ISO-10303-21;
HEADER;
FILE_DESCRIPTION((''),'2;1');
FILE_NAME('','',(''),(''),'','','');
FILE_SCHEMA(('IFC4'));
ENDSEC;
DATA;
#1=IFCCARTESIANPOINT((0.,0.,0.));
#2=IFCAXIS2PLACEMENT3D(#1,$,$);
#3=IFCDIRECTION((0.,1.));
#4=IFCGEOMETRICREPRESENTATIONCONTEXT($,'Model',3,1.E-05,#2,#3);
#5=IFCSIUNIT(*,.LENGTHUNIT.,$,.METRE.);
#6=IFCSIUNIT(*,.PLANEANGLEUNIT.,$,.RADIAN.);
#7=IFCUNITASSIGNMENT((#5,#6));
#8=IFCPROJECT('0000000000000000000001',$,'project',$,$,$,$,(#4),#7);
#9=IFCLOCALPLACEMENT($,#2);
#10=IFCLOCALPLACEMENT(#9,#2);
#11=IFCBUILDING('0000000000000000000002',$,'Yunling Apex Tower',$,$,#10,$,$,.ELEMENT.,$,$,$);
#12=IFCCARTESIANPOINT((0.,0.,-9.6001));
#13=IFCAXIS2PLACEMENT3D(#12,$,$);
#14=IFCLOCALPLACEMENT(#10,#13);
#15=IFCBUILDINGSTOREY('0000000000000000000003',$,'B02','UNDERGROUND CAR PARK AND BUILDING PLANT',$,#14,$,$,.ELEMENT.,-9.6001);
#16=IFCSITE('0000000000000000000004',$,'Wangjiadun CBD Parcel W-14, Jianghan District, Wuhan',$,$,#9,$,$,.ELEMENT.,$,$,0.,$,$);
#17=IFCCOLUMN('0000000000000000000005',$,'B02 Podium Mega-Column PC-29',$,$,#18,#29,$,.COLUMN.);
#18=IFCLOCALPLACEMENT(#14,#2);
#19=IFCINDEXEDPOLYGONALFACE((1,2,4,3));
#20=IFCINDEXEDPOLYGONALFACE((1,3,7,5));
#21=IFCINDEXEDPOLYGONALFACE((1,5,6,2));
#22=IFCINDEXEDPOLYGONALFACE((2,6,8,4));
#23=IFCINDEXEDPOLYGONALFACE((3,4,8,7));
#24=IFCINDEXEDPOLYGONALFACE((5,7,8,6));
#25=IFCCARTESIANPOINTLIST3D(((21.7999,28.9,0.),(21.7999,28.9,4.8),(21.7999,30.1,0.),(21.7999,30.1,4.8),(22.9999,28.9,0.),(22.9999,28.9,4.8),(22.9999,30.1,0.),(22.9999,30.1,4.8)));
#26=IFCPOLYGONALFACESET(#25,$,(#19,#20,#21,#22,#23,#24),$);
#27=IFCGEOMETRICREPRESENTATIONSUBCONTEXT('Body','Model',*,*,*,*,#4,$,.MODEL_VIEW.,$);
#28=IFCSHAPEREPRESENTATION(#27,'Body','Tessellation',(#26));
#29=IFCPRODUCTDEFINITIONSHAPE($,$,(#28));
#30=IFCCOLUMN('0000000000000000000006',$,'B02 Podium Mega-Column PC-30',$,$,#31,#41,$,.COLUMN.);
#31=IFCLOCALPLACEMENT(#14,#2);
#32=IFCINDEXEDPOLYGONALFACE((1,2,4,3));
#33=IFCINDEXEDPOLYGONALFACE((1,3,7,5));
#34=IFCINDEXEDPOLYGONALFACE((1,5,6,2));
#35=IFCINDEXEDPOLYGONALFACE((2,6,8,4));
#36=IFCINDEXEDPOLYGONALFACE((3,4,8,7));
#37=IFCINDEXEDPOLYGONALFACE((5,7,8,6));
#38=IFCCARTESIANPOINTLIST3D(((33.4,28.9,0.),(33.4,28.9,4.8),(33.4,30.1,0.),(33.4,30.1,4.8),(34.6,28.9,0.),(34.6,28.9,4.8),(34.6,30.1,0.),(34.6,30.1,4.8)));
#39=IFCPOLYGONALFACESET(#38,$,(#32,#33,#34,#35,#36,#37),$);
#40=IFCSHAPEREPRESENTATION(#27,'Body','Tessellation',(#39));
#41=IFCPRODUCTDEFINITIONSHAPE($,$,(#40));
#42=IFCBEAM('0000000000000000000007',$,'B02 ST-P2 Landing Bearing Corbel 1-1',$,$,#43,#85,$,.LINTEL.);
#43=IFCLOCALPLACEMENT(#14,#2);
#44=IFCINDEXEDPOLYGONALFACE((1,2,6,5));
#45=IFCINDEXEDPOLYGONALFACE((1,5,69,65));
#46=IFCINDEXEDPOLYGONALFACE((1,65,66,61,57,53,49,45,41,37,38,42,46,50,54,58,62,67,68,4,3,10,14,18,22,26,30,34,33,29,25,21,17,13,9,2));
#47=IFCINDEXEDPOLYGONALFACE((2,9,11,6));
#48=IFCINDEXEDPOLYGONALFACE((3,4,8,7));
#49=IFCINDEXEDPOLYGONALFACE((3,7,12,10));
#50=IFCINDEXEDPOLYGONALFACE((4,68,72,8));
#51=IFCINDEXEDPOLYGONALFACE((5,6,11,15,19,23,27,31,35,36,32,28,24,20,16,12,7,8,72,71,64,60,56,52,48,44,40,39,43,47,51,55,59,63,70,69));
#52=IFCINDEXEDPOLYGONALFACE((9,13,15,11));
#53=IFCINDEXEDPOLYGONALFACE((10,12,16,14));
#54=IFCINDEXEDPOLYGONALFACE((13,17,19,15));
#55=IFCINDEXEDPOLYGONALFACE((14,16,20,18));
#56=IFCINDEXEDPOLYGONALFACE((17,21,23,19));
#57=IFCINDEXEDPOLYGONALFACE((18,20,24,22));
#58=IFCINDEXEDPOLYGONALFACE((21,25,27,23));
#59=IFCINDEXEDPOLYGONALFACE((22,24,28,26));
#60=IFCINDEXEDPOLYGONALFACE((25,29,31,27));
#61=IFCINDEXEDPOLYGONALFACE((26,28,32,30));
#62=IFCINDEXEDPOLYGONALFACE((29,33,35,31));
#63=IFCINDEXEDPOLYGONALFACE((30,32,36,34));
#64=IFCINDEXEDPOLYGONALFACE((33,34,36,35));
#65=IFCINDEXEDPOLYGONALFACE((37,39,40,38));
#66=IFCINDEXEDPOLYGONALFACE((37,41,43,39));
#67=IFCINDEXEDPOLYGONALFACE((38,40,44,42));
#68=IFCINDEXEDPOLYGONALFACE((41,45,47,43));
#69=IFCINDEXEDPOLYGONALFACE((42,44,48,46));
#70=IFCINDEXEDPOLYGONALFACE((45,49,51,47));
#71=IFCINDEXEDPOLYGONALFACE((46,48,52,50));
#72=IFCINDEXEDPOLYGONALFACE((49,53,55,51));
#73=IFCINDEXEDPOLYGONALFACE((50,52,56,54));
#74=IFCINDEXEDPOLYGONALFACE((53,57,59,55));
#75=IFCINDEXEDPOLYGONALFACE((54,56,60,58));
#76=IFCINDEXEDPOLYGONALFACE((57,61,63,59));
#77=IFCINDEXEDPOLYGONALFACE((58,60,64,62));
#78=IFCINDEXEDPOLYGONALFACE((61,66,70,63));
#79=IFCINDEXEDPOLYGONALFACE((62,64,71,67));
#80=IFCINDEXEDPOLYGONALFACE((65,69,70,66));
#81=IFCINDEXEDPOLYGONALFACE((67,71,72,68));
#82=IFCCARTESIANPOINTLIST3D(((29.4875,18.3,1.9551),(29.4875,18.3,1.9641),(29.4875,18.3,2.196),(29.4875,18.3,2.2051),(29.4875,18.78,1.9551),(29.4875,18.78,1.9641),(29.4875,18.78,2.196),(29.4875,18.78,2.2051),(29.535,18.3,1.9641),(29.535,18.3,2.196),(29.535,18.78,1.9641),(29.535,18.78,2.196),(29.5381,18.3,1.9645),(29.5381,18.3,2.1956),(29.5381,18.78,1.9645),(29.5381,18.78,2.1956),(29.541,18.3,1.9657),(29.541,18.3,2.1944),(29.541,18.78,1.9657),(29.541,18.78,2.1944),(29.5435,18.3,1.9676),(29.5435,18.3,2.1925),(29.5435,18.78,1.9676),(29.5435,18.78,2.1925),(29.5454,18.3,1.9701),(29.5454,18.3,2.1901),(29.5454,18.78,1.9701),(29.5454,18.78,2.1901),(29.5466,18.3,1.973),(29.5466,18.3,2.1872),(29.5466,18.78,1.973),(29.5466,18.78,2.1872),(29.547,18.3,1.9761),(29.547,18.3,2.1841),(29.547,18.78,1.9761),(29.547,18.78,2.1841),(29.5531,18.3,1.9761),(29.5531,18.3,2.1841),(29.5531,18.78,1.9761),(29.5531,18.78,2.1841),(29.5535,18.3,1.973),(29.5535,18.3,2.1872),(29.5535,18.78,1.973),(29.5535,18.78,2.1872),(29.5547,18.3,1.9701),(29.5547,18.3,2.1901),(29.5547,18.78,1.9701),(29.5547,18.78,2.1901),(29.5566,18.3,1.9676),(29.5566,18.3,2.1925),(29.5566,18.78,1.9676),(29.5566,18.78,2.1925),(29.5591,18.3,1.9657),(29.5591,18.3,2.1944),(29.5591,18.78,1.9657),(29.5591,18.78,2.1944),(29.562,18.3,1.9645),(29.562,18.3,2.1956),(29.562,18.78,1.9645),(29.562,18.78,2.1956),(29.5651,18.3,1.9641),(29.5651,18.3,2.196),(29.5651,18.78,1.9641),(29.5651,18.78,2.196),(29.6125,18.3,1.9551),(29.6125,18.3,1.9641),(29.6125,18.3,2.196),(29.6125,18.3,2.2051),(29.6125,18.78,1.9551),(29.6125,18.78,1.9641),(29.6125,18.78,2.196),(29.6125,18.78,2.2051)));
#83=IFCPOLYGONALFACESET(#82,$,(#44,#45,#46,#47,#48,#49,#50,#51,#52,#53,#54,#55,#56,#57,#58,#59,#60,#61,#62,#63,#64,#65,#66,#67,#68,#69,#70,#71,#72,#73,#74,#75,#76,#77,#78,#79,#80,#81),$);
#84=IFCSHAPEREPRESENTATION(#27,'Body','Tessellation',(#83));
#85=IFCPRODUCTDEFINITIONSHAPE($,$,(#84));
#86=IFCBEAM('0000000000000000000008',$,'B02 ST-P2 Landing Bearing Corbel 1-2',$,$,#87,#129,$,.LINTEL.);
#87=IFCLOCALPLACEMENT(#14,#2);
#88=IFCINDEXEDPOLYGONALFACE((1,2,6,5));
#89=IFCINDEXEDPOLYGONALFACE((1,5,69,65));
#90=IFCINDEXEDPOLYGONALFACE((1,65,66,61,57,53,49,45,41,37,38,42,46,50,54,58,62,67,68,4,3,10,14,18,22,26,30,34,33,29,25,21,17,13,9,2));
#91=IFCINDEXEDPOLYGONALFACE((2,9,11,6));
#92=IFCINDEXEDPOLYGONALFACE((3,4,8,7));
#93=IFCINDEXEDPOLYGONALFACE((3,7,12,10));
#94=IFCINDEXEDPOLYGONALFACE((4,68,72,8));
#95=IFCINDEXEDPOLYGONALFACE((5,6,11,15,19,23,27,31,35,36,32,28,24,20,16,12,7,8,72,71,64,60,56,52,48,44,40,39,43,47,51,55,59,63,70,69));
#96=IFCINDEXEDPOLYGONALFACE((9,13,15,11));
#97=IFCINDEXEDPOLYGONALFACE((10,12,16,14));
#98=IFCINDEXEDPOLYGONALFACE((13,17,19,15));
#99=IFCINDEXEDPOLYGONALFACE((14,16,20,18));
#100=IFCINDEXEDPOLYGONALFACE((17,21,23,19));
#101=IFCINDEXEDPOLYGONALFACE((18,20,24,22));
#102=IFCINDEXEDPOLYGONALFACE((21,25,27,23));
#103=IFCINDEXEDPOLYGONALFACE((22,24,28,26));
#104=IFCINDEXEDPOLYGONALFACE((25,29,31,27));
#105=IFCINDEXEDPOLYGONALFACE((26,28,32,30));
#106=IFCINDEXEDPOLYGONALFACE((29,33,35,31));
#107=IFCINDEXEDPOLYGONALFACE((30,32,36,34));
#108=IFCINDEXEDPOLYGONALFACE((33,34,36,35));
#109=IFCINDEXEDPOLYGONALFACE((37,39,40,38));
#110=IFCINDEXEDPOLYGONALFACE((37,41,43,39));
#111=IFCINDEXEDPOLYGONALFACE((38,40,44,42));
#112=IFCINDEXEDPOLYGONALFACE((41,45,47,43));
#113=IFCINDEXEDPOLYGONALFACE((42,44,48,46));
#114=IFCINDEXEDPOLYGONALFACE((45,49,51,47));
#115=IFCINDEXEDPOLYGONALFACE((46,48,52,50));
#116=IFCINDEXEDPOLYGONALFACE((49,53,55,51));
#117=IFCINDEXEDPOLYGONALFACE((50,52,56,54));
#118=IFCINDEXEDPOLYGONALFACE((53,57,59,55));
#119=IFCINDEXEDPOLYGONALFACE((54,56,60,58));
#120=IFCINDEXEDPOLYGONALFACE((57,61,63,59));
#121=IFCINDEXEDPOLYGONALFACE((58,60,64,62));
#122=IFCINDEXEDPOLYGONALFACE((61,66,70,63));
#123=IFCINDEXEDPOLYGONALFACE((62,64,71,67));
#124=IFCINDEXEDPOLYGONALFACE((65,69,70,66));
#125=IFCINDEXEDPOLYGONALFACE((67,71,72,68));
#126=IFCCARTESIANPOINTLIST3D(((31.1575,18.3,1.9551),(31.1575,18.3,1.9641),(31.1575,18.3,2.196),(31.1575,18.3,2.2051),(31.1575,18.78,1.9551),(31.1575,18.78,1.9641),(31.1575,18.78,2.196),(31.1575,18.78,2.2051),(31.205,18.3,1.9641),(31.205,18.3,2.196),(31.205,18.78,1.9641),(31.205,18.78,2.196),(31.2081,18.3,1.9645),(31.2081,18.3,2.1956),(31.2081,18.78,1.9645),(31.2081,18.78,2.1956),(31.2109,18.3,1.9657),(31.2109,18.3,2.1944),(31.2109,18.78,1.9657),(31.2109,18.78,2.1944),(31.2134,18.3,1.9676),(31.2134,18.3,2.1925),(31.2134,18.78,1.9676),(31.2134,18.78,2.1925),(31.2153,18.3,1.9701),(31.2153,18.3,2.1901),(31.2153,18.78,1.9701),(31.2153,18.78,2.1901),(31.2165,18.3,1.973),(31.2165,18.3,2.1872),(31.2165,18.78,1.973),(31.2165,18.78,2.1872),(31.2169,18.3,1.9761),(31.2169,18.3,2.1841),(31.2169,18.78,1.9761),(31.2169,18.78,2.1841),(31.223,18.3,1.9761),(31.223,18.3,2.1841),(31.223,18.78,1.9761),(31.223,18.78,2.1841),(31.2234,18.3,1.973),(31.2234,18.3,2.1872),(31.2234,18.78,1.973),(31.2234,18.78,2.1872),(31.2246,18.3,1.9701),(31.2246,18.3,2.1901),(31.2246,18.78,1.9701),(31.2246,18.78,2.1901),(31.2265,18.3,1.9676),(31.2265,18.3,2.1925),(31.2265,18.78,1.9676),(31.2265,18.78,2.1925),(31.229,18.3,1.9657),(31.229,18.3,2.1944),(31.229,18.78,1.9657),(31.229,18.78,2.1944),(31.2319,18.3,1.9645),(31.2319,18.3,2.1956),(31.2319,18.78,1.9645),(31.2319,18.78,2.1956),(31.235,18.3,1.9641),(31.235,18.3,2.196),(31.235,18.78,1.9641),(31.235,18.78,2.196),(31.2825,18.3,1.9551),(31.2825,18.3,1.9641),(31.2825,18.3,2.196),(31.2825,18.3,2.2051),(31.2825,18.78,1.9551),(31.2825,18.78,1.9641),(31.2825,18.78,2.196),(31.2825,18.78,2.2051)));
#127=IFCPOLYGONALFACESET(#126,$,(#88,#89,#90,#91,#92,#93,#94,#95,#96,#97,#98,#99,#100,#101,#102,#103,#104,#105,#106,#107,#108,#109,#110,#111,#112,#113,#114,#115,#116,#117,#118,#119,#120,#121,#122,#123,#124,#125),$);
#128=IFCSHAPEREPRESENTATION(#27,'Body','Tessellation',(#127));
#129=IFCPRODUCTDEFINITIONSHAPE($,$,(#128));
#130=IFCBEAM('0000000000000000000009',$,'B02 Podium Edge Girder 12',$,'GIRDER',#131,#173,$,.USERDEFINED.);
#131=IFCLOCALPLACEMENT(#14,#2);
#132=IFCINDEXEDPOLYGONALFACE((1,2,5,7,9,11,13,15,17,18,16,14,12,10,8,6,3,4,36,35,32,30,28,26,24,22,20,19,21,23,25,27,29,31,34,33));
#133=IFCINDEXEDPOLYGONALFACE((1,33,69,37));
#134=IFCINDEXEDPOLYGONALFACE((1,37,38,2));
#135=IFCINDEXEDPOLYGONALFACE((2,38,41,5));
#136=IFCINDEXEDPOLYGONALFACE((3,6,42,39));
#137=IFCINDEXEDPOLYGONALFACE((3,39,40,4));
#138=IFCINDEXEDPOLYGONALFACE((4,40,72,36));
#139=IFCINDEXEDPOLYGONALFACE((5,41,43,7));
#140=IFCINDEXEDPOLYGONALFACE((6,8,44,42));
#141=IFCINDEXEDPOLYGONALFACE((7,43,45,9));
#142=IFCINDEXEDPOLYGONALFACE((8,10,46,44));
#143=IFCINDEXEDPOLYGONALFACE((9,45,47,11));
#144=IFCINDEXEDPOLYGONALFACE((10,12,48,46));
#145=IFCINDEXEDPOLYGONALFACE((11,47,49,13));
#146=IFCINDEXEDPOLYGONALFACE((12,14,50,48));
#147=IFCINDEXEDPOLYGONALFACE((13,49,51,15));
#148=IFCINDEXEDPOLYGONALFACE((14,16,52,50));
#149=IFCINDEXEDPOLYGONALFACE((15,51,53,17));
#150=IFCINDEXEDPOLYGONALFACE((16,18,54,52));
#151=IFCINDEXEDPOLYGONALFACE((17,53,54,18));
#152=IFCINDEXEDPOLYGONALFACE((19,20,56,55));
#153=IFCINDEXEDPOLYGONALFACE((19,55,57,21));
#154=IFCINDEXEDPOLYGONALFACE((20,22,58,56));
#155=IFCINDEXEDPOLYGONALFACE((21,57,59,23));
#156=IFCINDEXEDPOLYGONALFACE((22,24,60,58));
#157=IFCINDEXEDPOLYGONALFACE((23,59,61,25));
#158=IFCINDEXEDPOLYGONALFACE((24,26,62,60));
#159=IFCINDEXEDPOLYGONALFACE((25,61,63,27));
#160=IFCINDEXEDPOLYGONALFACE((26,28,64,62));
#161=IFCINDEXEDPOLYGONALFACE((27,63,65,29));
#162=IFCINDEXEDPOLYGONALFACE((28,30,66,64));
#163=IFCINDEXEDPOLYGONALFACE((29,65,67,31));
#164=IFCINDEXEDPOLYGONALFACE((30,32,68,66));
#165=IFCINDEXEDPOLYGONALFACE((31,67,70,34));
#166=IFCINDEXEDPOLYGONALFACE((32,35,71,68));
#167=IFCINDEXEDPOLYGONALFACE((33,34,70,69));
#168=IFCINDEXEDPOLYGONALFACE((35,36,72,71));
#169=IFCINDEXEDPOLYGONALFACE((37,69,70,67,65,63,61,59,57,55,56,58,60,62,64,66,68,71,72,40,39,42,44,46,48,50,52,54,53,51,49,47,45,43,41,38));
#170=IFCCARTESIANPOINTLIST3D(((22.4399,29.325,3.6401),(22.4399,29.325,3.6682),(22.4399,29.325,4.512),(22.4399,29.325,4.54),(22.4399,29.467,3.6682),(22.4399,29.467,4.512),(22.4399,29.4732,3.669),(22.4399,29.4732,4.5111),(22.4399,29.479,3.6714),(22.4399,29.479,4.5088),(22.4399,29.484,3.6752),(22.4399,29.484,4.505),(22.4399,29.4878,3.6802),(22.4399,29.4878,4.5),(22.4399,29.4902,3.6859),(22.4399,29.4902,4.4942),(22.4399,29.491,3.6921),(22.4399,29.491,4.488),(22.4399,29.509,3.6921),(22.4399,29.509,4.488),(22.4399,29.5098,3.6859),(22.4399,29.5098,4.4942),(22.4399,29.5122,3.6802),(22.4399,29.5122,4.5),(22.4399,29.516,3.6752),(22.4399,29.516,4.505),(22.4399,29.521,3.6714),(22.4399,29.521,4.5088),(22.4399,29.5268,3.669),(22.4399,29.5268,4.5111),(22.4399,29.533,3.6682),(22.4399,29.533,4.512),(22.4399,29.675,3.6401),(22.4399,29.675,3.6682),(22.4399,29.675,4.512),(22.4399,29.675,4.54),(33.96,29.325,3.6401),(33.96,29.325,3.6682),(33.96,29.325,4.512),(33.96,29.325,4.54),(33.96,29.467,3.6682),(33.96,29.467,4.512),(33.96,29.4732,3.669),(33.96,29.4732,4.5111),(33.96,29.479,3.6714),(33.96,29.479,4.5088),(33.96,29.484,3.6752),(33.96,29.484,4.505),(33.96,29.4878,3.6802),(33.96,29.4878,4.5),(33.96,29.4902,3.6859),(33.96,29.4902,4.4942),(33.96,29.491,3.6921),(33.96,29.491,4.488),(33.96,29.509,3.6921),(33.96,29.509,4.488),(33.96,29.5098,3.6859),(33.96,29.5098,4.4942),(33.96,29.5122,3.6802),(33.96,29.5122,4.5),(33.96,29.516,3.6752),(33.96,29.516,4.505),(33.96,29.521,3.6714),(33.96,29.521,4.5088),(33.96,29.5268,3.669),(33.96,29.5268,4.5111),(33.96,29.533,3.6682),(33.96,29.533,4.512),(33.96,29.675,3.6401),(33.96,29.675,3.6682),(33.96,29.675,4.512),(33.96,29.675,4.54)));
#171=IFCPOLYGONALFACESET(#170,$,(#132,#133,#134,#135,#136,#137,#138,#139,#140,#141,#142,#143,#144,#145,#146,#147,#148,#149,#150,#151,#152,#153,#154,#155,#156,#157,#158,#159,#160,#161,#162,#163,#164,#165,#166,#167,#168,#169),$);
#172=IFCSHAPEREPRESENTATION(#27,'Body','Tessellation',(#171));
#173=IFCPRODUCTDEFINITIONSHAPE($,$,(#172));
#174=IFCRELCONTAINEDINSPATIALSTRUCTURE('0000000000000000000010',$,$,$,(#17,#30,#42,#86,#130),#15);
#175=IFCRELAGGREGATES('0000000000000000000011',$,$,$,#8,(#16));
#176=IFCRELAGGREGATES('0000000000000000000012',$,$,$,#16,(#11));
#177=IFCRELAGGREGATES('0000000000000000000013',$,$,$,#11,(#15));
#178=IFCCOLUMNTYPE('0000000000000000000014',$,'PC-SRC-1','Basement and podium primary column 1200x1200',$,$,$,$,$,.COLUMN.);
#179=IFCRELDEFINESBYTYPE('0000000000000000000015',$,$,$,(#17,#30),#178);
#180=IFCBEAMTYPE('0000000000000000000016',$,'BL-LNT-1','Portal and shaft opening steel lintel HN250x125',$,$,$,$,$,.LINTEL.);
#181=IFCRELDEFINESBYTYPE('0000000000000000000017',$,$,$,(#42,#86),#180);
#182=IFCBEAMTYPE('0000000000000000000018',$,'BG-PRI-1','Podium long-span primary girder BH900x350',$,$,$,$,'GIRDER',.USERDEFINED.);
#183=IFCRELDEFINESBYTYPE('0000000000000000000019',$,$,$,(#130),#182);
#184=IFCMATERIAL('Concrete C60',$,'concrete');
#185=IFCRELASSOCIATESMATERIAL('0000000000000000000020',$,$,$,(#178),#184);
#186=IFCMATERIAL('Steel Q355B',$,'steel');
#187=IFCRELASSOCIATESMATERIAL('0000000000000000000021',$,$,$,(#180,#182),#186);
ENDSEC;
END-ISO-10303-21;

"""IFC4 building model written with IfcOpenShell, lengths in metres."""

from ifc_helpers import new_model, si_unit, direction, frame, origin, origin_2d, place, context, subcontext, project, spatial, rectangle, i_section, extrude, source, transform, mapped, material, material_profile, profile_set, type_object, element, save


model = new_model("IFC4")

# Units and contexts
model_context = context("Model", 3, precision=1e-05, world=origin(), true_north=direction((0.0, 1.0)))
body_context = subcontext(model_context, "Body", "Model", "MODEL_VIEW")
ifc_project = project(units=[si_unit("LENGTHUNIT", "METRE"), si_unit("PLANEANGLEUNIT", "RADIAN")], contexts=[model_context])

# Site, building, storey
site_placement = place(None, origin())
site = spatial("IfcSite", under=ifc_project, at=site_placement, Name="Wangjiadun CBD Parcel W-14, Jianghan District, Wuhan", CompositionType="ELEMENT", RefElevation=0.0)
building_placement = place(site_placement, origin())
building = spatial("IfcBuilding", under=site, at=building_placement, Name="Yunling Apex Tower", CompositionType="ELEMENT")
storey_placement = place(building_placement, frame((0.0, 0.0, -9.6001)))
storey = spatial("IfcBuildingStorey", under=building, at=storey_placement, Name="B02", Description="UNDERGROUND CAR PARK AND BUILDING PLANT", CompositionType="ELEMENT", Elevation=-9.6001)

# Columns
ifc_material_1 = material(Name="Concrete C60", Category="concrete")
ifc_material_profile_1 = material_profile(ifc_material_1, rectangle(XDim=1.2, YDim=1.2, at=origin_2d()))
ifc_profile_set_1 = profile_set([ifc_material_profile_1], Name="Concrete C60")
column_type_1 = type_object("IfcColumnType", Name="PC-SRC-1", Description="Basement and podium primary column 1200x1200", PredefinedType="COLUMN", material=ifc_profile_set_1)
shared_shape_1 = source(origin(), body_context, "Body", "SweptSolid", [
    extrude(rectangle(XDim=1.2, YDim=1.2, at=origin_2d()), origin(), (0.0, 0.0, 1.0), 4.8),
])
for number, where, z_axis, x_axis, name in (
    (1, (22.3999, 29.5, 0.0), (0.0, 0.0, 1.0), (1.0, 0.0, 0.0), "B02 Podium Mega-Column PC-29"),
    (2, (34.0, 29.5, 0.0), (0.0, 0.0, 1.0), (1.0, 0.0, 0.0), "B02 Podium Mega-Column PC-30"),
):
    element("IfcColumn", number, at=place(storey_placement, frame(where, z_axis=z_axis, x_axis=x_axis)), inside=storey, type_object=column_type_1, Name=name, PredefinedType="COLUMN", context=body_context, shape_type="MappedRepresentation", body=[
        mapped(shared_shape_1, transform((0.0, 0.0, 0.0), scale=1.0)),
    ])

# Beams
ifc_material_2 = material(Name="Steel Q355B", Category="steel")
ifc_material_profile_2 = material_profile(ifc_material_2, i_section(OverallWidth=0.125, OverallDepth=0.25, WebThickness=0.0061, FlangeThickness=0.009, FilletRadius=0.012, at=origin_2d()))
ifc_profile_set_2 = profile_set([ifc_material_profile_2], Name="Steel Q355B")
beam_type_1 = type_object("IfcBeamType", Name="BL-LNT-1", Description="Portal and shaft opening steel lintel HN250x125", PredefinedType="LINTEL", material=ifc_profile_set_2)
shared_shape_2 = source(origin(), body_context, "Body", "SweptSolid", [
    extrude(i_section(OverallWidth=0.125, OverallDepth=0.25, WebThickness=0.0061, FlangeThickness=0.009, FilletRadius=0.012, at=origin_2d()), origin(), (0.0, 0.0, 1.0), 0.48),
])
for number, where, z_axis, x_axis, name in (
    (3, (29.55, 18.78, 2.0801), (0.0, -1.0, 0.0), (1.0, 0.0, 0.0), "B02 ST-P2 Landing Bearing Corbel 1-1"),
    (4, (31.22, 18.78, 2.0801), (0.0, -1.0, 0.0), (1.0, 0.0, 0.0), "B02 ST-P2 Landing Bearing Corbel 1-2"),
):
    element("IfcBeam", number, at=place(storey_placement, frame(where, z_axis=z_axis, x_axis=x_axis)), inside=storey, type_object=beam_type_1, Name=name, PredefinedType="LINTEL", context=body_context, shape_type="MappedRepresentation", body=[
        mapped(shared_shape_2, transform((0.0, 0.0, 0.0), scale=1.0)),
    ])
ifc_material_profile_3 = material_profile(ifc_material_2, i_section(OverallWidth=0.3501, OverallDepth=0.8999, WebThickness=0.0181, FlangeThickness=0.0281, FilletRadius=0.0239, at=origin_2d()))
ifc_profile_set_3 = profile_set([ifc_material_profile_3], Name="Steel Q355B")
beam_type_2 = type_object("IfcBeamType", Name="BG-PRI-1", Description="Podium long-span primary girder BH900x350", ElementType="GIRDER", PredefinedType="USERDEFINED", material=ifc_profile_set_3)
shared_shape_3 = source(origin(), body_context, "Body", "SweptSolid", [
    extrude(i_section(OverallWidth=0.3501, OverallDepth=0.8999, WebThickness=0.0181, FlangeThickness=0.0281, FilletRadius=0.0239, at=origin_2d()), origin(), (0.0, 0.0, 1.0), 11.52),
])
beam_1_placement = place(storey_placement, frame((22.4399, 29.5, 4.0901), z_axis=(1.0, 0.0, 0.0), x_axis=(0.0, 1.0, 0.0)))
element("IfcBeam", 5, at=beam_1_placement, inside=storey, type_object=beam_type_2, Name="B02 Podium Edge Girder 12", ObjectType="GIRDER", PredefinedType="USERDEFINED", context=body_context, shape_type="MappedRepresentation", body=[
    mapped(shared_shape_3, transform((0.0, 0.0, 0.0), scale=1.0)),
])

save(model, "model.ifc")
